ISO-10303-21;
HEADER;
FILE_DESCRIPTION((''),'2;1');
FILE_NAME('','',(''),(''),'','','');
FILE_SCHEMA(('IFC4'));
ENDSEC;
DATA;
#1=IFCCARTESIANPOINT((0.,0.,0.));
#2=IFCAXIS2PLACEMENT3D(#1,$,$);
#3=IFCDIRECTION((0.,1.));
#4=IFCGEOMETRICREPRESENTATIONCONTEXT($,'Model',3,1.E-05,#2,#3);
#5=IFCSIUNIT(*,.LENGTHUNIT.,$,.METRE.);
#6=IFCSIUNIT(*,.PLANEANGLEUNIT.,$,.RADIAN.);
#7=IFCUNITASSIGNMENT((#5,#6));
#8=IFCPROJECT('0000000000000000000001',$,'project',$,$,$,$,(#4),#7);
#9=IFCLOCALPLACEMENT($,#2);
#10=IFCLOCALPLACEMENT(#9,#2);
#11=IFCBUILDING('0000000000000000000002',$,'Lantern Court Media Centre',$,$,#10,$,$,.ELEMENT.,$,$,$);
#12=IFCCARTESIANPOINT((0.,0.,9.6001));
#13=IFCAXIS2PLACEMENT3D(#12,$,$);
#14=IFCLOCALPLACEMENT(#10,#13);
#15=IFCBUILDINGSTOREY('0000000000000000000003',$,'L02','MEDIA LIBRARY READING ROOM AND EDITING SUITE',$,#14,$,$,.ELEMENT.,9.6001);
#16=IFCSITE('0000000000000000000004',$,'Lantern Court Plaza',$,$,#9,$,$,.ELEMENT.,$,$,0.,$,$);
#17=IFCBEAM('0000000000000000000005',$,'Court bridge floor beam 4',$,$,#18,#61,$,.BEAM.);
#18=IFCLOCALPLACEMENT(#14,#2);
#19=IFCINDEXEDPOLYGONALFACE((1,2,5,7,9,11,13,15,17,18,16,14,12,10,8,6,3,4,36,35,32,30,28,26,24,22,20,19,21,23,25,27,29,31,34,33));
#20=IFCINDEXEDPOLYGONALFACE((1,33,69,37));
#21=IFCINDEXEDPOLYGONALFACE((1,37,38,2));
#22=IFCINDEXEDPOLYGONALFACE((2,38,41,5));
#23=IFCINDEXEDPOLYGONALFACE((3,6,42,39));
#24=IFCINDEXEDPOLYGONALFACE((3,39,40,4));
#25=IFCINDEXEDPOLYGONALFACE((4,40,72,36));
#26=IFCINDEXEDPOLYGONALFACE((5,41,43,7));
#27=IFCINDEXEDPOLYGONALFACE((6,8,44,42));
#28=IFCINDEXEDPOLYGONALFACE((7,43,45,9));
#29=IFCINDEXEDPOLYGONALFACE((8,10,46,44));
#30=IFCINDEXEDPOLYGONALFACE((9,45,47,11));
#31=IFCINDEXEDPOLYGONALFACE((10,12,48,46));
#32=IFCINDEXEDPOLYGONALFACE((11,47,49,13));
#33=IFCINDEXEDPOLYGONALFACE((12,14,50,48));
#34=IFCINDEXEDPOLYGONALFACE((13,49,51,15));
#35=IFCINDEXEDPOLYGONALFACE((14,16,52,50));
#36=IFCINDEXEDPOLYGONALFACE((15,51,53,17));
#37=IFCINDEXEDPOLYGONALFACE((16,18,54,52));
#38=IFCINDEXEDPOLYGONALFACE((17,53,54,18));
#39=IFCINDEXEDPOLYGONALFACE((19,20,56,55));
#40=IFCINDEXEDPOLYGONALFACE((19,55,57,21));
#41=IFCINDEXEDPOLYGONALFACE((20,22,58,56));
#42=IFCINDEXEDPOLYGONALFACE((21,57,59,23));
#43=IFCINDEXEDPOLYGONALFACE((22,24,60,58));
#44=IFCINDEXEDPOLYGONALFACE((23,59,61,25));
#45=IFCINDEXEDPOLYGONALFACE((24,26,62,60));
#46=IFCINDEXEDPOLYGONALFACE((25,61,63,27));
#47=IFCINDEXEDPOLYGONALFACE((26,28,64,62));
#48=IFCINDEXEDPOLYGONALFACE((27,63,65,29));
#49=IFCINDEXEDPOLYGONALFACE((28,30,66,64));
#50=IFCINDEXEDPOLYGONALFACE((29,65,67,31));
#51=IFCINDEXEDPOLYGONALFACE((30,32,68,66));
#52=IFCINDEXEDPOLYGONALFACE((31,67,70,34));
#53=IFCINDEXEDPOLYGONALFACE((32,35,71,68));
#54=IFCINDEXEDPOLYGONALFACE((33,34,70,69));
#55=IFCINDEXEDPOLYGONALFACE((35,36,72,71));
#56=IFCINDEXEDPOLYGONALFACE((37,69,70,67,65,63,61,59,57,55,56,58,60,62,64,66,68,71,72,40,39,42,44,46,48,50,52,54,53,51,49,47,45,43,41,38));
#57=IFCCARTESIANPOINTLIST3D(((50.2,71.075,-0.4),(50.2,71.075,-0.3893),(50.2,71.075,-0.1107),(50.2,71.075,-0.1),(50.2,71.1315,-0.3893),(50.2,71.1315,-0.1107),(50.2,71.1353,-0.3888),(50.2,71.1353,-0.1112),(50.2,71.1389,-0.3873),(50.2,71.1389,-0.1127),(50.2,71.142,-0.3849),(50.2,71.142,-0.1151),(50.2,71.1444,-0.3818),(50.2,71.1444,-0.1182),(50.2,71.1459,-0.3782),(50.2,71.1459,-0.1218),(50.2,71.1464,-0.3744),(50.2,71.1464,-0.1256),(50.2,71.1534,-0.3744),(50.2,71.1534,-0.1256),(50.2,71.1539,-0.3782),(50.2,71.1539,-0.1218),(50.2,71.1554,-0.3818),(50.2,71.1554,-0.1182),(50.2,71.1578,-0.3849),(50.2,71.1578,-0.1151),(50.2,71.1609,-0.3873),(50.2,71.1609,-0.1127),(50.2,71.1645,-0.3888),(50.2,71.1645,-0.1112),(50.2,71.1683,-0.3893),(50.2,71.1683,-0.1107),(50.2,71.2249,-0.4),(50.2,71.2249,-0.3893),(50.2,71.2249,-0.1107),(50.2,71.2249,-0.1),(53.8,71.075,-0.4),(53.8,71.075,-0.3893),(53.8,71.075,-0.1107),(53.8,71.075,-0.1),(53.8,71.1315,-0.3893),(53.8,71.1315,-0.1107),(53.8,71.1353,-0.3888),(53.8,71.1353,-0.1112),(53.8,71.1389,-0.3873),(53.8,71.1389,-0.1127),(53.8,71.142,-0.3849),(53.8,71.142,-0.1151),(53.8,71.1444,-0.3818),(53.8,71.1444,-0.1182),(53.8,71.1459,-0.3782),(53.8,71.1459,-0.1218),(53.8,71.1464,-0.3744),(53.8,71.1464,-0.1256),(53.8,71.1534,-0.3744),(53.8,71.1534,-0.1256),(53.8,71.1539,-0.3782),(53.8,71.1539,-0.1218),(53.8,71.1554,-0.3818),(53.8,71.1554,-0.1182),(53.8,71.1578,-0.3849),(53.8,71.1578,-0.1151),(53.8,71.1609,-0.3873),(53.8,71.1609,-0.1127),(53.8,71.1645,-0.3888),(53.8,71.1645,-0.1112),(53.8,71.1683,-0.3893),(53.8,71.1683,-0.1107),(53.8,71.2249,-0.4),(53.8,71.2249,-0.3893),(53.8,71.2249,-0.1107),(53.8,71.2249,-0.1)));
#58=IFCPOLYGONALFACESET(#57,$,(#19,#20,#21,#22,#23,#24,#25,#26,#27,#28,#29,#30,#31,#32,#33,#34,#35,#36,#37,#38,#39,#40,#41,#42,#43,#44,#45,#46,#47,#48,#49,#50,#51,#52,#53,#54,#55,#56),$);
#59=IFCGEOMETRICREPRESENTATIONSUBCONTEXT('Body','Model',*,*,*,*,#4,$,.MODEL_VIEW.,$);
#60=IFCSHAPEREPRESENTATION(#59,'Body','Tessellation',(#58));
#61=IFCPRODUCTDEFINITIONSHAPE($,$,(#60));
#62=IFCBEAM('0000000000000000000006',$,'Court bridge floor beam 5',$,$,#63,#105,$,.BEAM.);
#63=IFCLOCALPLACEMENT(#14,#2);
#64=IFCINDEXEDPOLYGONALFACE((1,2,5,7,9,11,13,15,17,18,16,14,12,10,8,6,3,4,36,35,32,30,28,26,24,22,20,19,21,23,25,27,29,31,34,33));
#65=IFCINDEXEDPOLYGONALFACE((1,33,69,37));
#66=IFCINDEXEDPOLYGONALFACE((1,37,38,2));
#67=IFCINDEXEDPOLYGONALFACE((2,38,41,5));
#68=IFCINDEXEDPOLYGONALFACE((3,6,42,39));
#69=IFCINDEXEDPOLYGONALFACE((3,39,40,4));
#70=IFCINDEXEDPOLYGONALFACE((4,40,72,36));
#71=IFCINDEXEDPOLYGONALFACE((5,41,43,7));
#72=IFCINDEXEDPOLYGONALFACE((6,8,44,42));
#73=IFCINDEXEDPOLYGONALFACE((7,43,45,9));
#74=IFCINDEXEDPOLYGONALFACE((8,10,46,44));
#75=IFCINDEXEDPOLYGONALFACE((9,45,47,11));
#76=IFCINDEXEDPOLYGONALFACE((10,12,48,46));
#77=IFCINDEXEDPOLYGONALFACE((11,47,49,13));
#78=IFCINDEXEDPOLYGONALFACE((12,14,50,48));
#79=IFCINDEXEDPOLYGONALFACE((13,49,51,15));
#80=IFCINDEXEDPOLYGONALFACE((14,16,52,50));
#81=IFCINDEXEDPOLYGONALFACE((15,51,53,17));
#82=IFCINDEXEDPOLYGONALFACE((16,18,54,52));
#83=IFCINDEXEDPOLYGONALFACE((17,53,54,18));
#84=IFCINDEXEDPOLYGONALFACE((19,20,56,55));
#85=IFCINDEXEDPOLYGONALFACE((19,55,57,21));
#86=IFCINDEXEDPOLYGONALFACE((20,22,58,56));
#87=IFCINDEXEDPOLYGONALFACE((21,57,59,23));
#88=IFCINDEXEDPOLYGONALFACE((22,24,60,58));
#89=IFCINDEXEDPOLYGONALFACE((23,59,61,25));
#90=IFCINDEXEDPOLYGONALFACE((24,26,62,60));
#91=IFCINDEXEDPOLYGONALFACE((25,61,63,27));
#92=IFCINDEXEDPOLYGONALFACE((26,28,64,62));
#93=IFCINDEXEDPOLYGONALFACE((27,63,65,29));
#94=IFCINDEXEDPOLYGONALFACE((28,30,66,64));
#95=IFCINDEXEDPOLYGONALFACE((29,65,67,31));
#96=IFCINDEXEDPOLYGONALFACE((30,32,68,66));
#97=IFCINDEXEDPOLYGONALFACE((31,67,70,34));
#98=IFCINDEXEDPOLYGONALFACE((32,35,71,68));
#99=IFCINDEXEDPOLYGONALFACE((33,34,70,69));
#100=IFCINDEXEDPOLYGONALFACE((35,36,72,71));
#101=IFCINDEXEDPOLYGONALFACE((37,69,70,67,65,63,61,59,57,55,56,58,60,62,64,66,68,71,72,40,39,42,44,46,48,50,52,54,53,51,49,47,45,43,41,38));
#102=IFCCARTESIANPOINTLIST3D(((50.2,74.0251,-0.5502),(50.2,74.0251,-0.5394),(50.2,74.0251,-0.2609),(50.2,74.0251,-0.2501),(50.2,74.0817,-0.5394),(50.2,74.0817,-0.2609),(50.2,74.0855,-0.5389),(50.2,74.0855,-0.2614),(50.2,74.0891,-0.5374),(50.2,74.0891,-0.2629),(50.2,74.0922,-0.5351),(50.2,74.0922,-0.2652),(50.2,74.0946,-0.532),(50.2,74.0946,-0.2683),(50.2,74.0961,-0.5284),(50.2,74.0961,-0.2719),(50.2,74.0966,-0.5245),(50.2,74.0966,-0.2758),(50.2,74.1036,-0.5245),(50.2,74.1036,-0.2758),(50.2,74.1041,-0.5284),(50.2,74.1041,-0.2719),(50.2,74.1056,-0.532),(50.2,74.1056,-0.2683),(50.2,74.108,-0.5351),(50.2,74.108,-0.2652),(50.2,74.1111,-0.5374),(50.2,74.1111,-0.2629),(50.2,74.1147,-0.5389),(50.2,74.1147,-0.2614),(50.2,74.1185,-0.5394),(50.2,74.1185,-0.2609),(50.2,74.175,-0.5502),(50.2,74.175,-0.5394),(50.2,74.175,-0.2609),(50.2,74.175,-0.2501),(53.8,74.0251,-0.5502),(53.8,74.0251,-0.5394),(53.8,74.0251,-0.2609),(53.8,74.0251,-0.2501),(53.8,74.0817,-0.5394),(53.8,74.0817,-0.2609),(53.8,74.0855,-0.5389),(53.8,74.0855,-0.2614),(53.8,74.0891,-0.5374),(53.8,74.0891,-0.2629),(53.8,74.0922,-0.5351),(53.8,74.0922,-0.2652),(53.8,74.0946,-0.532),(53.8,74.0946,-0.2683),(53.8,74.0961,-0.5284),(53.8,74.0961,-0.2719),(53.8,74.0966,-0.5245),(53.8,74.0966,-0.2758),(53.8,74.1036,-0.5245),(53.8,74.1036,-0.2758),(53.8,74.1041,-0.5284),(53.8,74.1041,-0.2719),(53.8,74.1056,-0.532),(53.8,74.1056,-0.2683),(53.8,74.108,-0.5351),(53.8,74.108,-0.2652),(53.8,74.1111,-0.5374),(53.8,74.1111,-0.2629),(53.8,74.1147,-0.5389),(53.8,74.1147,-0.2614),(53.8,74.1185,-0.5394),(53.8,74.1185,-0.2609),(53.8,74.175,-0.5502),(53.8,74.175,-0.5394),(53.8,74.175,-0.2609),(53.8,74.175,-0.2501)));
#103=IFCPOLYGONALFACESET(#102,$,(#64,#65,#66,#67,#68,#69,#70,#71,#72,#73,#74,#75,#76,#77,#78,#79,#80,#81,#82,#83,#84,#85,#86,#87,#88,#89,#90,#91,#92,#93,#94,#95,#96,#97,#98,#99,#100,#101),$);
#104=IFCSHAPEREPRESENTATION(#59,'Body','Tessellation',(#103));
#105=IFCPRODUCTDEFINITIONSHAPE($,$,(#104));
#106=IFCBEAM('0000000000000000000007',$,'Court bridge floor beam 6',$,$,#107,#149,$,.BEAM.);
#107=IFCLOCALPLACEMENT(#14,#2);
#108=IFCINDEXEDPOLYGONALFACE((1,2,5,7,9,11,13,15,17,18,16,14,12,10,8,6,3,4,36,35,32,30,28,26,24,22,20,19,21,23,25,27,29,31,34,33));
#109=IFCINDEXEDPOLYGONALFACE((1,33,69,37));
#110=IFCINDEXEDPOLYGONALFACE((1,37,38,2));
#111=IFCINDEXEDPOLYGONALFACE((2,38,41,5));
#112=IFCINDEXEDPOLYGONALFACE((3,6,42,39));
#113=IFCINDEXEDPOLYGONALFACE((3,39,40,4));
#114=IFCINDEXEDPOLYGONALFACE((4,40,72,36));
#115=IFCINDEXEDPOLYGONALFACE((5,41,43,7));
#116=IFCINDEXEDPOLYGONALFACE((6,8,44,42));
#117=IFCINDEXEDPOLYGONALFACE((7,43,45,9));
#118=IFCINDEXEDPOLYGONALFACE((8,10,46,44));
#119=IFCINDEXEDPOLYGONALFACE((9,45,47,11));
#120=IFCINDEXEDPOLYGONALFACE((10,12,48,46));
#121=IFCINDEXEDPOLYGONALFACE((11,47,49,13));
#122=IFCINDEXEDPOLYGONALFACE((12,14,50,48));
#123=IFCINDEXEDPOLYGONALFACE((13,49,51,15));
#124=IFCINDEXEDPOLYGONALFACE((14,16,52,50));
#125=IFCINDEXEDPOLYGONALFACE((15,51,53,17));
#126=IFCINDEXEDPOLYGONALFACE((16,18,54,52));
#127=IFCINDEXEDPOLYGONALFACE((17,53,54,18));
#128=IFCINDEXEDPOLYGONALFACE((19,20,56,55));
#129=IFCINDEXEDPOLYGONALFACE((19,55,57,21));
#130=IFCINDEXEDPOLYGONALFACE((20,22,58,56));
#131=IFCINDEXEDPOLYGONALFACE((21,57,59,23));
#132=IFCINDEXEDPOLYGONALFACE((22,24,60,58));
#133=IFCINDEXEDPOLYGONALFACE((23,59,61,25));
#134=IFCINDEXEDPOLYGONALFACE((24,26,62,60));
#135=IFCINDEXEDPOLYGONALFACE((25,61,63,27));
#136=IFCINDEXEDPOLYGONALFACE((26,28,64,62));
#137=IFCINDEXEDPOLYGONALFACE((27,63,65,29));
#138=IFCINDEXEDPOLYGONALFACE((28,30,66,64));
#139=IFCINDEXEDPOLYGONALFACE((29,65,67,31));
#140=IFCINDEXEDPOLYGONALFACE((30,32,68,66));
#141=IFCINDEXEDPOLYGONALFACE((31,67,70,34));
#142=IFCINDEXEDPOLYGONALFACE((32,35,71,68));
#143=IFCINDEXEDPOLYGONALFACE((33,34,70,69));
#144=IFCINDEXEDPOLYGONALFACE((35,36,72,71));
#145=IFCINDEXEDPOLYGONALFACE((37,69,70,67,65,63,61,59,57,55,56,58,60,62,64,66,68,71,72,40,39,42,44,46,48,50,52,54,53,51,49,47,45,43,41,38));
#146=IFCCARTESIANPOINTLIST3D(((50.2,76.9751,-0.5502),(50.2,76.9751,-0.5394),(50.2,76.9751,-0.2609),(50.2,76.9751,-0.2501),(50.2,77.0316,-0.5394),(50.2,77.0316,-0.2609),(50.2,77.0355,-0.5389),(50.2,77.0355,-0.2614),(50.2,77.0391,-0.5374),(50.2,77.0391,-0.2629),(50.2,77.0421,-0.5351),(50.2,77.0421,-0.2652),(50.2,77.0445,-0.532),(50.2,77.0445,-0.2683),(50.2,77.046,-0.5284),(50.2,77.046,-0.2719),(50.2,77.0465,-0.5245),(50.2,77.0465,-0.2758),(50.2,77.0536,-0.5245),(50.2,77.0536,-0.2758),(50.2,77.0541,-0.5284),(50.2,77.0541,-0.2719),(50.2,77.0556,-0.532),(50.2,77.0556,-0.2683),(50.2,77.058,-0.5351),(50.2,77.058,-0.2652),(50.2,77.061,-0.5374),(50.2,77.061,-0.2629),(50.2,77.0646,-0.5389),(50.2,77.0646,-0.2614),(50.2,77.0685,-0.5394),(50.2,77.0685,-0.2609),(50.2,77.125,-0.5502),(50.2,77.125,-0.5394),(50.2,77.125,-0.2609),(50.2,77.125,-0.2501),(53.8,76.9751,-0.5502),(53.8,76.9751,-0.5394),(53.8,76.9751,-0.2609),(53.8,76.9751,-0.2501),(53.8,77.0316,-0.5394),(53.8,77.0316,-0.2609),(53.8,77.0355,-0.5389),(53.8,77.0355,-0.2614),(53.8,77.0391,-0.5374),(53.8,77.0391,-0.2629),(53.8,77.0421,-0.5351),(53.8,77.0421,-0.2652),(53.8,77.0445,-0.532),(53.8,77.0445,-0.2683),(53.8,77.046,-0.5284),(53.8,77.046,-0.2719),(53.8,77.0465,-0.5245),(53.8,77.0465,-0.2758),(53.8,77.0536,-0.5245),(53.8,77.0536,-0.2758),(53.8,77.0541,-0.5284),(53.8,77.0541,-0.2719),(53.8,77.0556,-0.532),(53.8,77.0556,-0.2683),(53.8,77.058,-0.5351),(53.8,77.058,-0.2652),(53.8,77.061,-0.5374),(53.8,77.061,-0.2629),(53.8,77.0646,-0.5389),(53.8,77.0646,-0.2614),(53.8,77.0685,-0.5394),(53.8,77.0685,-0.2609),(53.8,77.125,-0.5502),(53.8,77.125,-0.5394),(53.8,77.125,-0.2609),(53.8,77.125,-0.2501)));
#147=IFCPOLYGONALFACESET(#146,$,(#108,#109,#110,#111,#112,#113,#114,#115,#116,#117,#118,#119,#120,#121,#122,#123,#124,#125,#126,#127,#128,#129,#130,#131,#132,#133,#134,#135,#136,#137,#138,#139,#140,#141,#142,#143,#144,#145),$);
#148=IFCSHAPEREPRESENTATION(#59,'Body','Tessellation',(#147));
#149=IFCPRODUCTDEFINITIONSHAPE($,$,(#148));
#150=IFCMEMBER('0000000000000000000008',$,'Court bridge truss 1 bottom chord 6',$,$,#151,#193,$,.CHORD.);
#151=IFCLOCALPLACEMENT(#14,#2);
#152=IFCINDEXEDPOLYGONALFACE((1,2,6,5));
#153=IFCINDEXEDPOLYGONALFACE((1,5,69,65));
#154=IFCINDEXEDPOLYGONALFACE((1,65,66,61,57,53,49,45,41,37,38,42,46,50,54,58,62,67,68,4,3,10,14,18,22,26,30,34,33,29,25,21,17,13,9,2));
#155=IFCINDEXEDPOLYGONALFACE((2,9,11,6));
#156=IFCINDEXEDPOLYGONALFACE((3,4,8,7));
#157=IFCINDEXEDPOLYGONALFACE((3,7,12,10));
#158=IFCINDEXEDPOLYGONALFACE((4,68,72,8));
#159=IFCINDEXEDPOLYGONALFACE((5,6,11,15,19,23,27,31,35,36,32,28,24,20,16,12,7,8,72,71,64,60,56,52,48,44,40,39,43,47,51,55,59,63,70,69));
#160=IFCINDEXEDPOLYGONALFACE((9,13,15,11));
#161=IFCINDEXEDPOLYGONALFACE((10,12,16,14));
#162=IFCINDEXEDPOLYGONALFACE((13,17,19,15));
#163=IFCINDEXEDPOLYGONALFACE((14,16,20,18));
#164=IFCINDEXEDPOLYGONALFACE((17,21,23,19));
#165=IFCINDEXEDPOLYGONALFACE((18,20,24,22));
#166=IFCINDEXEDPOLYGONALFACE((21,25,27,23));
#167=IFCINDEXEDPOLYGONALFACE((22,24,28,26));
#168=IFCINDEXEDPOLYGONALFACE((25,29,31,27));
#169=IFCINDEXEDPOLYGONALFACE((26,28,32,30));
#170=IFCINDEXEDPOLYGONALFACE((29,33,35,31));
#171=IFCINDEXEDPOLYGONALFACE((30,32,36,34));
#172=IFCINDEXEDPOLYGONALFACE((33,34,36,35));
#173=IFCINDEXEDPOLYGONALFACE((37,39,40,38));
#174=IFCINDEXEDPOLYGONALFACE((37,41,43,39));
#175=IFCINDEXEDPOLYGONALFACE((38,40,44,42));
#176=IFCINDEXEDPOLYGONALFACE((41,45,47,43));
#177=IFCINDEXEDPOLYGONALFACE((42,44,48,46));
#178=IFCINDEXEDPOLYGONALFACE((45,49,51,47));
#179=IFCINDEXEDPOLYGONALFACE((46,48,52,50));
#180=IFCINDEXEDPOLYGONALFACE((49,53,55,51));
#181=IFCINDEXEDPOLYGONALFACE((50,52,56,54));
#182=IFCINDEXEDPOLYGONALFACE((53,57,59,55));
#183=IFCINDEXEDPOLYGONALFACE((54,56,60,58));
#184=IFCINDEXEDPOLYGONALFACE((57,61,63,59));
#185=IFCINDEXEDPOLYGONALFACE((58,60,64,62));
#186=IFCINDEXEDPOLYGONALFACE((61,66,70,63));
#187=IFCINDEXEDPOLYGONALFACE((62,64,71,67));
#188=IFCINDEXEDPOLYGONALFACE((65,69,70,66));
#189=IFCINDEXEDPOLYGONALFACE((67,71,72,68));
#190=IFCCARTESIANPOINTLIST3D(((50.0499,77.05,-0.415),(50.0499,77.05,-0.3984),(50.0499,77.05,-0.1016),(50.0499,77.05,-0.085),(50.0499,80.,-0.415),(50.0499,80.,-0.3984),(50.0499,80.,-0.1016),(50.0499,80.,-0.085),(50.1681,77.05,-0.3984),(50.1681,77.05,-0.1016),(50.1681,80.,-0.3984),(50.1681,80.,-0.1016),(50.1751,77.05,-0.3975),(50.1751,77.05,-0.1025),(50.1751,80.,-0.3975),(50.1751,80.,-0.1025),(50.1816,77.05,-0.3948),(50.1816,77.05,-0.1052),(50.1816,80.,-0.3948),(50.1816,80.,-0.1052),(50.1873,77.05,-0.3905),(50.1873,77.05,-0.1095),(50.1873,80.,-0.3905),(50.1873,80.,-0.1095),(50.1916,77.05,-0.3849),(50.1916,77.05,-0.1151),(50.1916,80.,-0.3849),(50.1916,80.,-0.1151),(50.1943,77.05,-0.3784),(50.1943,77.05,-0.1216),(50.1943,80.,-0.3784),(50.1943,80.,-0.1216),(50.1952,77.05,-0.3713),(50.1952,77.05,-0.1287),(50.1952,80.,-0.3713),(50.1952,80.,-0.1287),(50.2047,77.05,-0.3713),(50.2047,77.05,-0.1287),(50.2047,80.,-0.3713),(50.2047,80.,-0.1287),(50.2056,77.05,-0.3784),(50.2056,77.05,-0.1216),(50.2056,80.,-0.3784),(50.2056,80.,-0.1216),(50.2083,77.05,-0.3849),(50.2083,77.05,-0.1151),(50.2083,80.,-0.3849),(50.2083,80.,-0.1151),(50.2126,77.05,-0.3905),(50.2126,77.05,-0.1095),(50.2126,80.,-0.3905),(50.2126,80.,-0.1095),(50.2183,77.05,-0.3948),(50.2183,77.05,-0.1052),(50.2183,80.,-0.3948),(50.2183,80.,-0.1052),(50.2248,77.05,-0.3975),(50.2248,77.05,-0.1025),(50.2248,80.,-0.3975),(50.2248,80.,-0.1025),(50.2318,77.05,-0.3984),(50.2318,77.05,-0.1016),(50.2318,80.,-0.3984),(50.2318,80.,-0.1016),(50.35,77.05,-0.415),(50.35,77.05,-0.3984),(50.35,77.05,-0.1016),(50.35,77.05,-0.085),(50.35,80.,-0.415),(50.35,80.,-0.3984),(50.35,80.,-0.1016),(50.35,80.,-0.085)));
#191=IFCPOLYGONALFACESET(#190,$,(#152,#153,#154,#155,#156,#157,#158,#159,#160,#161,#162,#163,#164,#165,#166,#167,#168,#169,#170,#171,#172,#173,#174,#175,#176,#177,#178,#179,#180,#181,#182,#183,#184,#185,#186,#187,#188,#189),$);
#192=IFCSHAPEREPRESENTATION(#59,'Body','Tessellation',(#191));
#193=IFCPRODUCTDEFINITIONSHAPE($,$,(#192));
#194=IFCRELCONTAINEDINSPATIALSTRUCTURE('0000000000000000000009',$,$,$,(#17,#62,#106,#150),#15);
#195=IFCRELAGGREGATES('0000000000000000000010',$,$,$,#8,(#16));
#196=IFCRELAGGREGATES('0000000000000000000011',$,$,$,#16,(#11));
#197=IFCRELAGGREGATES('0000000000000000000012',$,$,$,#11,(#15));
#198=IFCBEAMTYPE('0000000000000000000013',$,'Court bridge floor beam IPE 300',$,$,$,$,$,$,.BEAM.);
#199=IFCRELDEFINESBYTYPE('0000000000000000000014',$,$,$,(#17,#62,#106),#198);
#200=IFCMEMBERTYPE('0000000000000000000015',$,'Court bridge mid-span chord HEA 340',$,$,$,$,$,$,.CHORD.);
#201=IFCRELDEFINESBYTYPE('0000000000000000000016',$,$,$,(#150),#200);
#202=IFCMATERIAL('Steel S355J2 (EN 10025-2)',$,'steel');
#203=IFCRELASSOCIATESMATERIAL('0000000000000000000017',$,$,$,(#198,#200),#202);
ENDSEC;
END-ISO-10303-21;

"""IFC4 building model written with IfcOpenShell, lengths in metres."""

from ifc_helpers import new_model, si_unit, direction, frame, origin, origin_2d, place, context, subcontext, project, spatial, i_section, extrude, material, material_profile, profile_set, type_object, element, save


model = new_model("IFC4")

# Units and contexts
model_context = context("Model", 3, precision=1e-05, world=origin(), true_north=direction((0.0, 1.0)))
body_context = subcontext(model_context, "Body", "Model", "MODEL_VIEW")
ifc_project = project(units=[si_unit("LENGTHUNIT", "METRE"), si_unit("PLANEANGLEUNIT", "RADIAN")], contexts=[model_context])

# Site, building, storey
site_placement = place(None, origin())
site = spatial("IfcSite", under=ifc_project, at=site_placement, Name="Lantern Court Plaza", CompositionType="ELEMENT", RefElevation=0.0)
building_placement = place(site_placement, origin())
building = spatial("IfcBuilding", under=site, at=building_placement, Name="Lantern Court Media Centre", CompositionType="ELEMENT")
storey_placement = place(building_placement, frame((0.0, 0.0, 9.6001)))
storey = spatial("IfcBuildingStorey", under=building, at=storey_placement, Name="L02", Description="MEDIA LIBRARY READING ROOM AND EDITING SUITE", CompositionType="ELEMENT", Elevation=9.6001)

# Shared definitions
ifc_material = material(Name="Steel S355J2 (EN 10025-2)", Category="steel")

# Beams
ifc_material_profile_1 = material_profile(ifc_material, i_section(OverallWidth=0.1499, OverallDepth=0.3, WebThickness=0.0071, FlangeThickness=0.0107, FilletRadius=0.0149, at=origin_2d()), Name="IPE 300")
ifc_profile_set_1 = profile_set([ifc_material_profile_1], Name="Steel S355J2 (EN 10025-2)")
beam_type = type_object("IfcBeamType", Name="Court bridge floor beam IPE 300", PredefinedType="BEAM", material=ifc_profile_set_1)
for number, where, z_axis, x_axis, name in (
    (1, (50.2, 71.1499, -0.25), (1.0, 0.0, 0.0), (0.0, 1.0, 0.0), "Court bridge floor beam 4"),
    (2, (50.2, 74.1001, -0.4001), (1.0, 0.0, 0.0), (0.0, 1.0, 0.0), "Court bridge floor beam 5"),
    (3, (50.2, 77.05, -0.4001), (1.0, 0.0, 0.0), (0.0, 1.0, 0.0), "Court bridge floor beam 6"),
):
    element("IfcBeam", number, at=place(storey_placement, frame(where, z_axis=z_axis, x_axis=x_axis)), inside=storey, type_object=beam_type, Name=name, PredefinedType="BEAM", context=body_context, shape_type="SweptSolid", body=[
        extrude(i_section(OverallWidth=0.1499, OverallDepth=0.3, WebThickness=0.0071, FlangeThickness=0.0107, FilletRadius=0.0149, at=origin_2d()), origin(), (0.0, 0.0, 1.0), 3.6001),
    ])

# Member
ifc_material_profile_2 = material_profile(ifc_material, i_section(OverallWidth=0.3, OverallDepth=0.3301, WebThickness=0.0095, FlangeThickness=0.0166, FilletRadius=0.0271, at=origin_2d()), Name="HEA 340")
ifc_profile_set_2 = profile_set([ifc_material_profile_2], Name="Steel S355J2 (EN 10025-2)")
member_type_1 = type_object("IfcMemberType", Name="Court bridge mid-span chord HEA 340", PredefinedType="CHORD", material=ifc_profile_set_2)
for number, where, z_axis, x_axis, name in (
    (4, (50.2, 77.05, -0.25), (0.0, 1.0, 0.0), (-1.0, 0.0, 0.0), "Court bridge truss 1 bottom chord 6"),
):
    element("IfcMember", number, at=place(storey_placement, frame(where, z_axis=z_axis, x_axis=x_axis)), inside=storey, type_object=member_type_1, Name=name, PredefinedType="CHORD", context=body_context, shape_type="SweptSolid", body=[
        extrude(i_section(OverallWidth=0.3, OverallDepth=0.3301, WebThickness=0.0095, FlangeThickness=0.0166, FilletRadius=0.0271, at=origin_2d()), origin(), (0.0, 0.0, 1.0), 2.95),
    ])

save(model, "model.ifc")
